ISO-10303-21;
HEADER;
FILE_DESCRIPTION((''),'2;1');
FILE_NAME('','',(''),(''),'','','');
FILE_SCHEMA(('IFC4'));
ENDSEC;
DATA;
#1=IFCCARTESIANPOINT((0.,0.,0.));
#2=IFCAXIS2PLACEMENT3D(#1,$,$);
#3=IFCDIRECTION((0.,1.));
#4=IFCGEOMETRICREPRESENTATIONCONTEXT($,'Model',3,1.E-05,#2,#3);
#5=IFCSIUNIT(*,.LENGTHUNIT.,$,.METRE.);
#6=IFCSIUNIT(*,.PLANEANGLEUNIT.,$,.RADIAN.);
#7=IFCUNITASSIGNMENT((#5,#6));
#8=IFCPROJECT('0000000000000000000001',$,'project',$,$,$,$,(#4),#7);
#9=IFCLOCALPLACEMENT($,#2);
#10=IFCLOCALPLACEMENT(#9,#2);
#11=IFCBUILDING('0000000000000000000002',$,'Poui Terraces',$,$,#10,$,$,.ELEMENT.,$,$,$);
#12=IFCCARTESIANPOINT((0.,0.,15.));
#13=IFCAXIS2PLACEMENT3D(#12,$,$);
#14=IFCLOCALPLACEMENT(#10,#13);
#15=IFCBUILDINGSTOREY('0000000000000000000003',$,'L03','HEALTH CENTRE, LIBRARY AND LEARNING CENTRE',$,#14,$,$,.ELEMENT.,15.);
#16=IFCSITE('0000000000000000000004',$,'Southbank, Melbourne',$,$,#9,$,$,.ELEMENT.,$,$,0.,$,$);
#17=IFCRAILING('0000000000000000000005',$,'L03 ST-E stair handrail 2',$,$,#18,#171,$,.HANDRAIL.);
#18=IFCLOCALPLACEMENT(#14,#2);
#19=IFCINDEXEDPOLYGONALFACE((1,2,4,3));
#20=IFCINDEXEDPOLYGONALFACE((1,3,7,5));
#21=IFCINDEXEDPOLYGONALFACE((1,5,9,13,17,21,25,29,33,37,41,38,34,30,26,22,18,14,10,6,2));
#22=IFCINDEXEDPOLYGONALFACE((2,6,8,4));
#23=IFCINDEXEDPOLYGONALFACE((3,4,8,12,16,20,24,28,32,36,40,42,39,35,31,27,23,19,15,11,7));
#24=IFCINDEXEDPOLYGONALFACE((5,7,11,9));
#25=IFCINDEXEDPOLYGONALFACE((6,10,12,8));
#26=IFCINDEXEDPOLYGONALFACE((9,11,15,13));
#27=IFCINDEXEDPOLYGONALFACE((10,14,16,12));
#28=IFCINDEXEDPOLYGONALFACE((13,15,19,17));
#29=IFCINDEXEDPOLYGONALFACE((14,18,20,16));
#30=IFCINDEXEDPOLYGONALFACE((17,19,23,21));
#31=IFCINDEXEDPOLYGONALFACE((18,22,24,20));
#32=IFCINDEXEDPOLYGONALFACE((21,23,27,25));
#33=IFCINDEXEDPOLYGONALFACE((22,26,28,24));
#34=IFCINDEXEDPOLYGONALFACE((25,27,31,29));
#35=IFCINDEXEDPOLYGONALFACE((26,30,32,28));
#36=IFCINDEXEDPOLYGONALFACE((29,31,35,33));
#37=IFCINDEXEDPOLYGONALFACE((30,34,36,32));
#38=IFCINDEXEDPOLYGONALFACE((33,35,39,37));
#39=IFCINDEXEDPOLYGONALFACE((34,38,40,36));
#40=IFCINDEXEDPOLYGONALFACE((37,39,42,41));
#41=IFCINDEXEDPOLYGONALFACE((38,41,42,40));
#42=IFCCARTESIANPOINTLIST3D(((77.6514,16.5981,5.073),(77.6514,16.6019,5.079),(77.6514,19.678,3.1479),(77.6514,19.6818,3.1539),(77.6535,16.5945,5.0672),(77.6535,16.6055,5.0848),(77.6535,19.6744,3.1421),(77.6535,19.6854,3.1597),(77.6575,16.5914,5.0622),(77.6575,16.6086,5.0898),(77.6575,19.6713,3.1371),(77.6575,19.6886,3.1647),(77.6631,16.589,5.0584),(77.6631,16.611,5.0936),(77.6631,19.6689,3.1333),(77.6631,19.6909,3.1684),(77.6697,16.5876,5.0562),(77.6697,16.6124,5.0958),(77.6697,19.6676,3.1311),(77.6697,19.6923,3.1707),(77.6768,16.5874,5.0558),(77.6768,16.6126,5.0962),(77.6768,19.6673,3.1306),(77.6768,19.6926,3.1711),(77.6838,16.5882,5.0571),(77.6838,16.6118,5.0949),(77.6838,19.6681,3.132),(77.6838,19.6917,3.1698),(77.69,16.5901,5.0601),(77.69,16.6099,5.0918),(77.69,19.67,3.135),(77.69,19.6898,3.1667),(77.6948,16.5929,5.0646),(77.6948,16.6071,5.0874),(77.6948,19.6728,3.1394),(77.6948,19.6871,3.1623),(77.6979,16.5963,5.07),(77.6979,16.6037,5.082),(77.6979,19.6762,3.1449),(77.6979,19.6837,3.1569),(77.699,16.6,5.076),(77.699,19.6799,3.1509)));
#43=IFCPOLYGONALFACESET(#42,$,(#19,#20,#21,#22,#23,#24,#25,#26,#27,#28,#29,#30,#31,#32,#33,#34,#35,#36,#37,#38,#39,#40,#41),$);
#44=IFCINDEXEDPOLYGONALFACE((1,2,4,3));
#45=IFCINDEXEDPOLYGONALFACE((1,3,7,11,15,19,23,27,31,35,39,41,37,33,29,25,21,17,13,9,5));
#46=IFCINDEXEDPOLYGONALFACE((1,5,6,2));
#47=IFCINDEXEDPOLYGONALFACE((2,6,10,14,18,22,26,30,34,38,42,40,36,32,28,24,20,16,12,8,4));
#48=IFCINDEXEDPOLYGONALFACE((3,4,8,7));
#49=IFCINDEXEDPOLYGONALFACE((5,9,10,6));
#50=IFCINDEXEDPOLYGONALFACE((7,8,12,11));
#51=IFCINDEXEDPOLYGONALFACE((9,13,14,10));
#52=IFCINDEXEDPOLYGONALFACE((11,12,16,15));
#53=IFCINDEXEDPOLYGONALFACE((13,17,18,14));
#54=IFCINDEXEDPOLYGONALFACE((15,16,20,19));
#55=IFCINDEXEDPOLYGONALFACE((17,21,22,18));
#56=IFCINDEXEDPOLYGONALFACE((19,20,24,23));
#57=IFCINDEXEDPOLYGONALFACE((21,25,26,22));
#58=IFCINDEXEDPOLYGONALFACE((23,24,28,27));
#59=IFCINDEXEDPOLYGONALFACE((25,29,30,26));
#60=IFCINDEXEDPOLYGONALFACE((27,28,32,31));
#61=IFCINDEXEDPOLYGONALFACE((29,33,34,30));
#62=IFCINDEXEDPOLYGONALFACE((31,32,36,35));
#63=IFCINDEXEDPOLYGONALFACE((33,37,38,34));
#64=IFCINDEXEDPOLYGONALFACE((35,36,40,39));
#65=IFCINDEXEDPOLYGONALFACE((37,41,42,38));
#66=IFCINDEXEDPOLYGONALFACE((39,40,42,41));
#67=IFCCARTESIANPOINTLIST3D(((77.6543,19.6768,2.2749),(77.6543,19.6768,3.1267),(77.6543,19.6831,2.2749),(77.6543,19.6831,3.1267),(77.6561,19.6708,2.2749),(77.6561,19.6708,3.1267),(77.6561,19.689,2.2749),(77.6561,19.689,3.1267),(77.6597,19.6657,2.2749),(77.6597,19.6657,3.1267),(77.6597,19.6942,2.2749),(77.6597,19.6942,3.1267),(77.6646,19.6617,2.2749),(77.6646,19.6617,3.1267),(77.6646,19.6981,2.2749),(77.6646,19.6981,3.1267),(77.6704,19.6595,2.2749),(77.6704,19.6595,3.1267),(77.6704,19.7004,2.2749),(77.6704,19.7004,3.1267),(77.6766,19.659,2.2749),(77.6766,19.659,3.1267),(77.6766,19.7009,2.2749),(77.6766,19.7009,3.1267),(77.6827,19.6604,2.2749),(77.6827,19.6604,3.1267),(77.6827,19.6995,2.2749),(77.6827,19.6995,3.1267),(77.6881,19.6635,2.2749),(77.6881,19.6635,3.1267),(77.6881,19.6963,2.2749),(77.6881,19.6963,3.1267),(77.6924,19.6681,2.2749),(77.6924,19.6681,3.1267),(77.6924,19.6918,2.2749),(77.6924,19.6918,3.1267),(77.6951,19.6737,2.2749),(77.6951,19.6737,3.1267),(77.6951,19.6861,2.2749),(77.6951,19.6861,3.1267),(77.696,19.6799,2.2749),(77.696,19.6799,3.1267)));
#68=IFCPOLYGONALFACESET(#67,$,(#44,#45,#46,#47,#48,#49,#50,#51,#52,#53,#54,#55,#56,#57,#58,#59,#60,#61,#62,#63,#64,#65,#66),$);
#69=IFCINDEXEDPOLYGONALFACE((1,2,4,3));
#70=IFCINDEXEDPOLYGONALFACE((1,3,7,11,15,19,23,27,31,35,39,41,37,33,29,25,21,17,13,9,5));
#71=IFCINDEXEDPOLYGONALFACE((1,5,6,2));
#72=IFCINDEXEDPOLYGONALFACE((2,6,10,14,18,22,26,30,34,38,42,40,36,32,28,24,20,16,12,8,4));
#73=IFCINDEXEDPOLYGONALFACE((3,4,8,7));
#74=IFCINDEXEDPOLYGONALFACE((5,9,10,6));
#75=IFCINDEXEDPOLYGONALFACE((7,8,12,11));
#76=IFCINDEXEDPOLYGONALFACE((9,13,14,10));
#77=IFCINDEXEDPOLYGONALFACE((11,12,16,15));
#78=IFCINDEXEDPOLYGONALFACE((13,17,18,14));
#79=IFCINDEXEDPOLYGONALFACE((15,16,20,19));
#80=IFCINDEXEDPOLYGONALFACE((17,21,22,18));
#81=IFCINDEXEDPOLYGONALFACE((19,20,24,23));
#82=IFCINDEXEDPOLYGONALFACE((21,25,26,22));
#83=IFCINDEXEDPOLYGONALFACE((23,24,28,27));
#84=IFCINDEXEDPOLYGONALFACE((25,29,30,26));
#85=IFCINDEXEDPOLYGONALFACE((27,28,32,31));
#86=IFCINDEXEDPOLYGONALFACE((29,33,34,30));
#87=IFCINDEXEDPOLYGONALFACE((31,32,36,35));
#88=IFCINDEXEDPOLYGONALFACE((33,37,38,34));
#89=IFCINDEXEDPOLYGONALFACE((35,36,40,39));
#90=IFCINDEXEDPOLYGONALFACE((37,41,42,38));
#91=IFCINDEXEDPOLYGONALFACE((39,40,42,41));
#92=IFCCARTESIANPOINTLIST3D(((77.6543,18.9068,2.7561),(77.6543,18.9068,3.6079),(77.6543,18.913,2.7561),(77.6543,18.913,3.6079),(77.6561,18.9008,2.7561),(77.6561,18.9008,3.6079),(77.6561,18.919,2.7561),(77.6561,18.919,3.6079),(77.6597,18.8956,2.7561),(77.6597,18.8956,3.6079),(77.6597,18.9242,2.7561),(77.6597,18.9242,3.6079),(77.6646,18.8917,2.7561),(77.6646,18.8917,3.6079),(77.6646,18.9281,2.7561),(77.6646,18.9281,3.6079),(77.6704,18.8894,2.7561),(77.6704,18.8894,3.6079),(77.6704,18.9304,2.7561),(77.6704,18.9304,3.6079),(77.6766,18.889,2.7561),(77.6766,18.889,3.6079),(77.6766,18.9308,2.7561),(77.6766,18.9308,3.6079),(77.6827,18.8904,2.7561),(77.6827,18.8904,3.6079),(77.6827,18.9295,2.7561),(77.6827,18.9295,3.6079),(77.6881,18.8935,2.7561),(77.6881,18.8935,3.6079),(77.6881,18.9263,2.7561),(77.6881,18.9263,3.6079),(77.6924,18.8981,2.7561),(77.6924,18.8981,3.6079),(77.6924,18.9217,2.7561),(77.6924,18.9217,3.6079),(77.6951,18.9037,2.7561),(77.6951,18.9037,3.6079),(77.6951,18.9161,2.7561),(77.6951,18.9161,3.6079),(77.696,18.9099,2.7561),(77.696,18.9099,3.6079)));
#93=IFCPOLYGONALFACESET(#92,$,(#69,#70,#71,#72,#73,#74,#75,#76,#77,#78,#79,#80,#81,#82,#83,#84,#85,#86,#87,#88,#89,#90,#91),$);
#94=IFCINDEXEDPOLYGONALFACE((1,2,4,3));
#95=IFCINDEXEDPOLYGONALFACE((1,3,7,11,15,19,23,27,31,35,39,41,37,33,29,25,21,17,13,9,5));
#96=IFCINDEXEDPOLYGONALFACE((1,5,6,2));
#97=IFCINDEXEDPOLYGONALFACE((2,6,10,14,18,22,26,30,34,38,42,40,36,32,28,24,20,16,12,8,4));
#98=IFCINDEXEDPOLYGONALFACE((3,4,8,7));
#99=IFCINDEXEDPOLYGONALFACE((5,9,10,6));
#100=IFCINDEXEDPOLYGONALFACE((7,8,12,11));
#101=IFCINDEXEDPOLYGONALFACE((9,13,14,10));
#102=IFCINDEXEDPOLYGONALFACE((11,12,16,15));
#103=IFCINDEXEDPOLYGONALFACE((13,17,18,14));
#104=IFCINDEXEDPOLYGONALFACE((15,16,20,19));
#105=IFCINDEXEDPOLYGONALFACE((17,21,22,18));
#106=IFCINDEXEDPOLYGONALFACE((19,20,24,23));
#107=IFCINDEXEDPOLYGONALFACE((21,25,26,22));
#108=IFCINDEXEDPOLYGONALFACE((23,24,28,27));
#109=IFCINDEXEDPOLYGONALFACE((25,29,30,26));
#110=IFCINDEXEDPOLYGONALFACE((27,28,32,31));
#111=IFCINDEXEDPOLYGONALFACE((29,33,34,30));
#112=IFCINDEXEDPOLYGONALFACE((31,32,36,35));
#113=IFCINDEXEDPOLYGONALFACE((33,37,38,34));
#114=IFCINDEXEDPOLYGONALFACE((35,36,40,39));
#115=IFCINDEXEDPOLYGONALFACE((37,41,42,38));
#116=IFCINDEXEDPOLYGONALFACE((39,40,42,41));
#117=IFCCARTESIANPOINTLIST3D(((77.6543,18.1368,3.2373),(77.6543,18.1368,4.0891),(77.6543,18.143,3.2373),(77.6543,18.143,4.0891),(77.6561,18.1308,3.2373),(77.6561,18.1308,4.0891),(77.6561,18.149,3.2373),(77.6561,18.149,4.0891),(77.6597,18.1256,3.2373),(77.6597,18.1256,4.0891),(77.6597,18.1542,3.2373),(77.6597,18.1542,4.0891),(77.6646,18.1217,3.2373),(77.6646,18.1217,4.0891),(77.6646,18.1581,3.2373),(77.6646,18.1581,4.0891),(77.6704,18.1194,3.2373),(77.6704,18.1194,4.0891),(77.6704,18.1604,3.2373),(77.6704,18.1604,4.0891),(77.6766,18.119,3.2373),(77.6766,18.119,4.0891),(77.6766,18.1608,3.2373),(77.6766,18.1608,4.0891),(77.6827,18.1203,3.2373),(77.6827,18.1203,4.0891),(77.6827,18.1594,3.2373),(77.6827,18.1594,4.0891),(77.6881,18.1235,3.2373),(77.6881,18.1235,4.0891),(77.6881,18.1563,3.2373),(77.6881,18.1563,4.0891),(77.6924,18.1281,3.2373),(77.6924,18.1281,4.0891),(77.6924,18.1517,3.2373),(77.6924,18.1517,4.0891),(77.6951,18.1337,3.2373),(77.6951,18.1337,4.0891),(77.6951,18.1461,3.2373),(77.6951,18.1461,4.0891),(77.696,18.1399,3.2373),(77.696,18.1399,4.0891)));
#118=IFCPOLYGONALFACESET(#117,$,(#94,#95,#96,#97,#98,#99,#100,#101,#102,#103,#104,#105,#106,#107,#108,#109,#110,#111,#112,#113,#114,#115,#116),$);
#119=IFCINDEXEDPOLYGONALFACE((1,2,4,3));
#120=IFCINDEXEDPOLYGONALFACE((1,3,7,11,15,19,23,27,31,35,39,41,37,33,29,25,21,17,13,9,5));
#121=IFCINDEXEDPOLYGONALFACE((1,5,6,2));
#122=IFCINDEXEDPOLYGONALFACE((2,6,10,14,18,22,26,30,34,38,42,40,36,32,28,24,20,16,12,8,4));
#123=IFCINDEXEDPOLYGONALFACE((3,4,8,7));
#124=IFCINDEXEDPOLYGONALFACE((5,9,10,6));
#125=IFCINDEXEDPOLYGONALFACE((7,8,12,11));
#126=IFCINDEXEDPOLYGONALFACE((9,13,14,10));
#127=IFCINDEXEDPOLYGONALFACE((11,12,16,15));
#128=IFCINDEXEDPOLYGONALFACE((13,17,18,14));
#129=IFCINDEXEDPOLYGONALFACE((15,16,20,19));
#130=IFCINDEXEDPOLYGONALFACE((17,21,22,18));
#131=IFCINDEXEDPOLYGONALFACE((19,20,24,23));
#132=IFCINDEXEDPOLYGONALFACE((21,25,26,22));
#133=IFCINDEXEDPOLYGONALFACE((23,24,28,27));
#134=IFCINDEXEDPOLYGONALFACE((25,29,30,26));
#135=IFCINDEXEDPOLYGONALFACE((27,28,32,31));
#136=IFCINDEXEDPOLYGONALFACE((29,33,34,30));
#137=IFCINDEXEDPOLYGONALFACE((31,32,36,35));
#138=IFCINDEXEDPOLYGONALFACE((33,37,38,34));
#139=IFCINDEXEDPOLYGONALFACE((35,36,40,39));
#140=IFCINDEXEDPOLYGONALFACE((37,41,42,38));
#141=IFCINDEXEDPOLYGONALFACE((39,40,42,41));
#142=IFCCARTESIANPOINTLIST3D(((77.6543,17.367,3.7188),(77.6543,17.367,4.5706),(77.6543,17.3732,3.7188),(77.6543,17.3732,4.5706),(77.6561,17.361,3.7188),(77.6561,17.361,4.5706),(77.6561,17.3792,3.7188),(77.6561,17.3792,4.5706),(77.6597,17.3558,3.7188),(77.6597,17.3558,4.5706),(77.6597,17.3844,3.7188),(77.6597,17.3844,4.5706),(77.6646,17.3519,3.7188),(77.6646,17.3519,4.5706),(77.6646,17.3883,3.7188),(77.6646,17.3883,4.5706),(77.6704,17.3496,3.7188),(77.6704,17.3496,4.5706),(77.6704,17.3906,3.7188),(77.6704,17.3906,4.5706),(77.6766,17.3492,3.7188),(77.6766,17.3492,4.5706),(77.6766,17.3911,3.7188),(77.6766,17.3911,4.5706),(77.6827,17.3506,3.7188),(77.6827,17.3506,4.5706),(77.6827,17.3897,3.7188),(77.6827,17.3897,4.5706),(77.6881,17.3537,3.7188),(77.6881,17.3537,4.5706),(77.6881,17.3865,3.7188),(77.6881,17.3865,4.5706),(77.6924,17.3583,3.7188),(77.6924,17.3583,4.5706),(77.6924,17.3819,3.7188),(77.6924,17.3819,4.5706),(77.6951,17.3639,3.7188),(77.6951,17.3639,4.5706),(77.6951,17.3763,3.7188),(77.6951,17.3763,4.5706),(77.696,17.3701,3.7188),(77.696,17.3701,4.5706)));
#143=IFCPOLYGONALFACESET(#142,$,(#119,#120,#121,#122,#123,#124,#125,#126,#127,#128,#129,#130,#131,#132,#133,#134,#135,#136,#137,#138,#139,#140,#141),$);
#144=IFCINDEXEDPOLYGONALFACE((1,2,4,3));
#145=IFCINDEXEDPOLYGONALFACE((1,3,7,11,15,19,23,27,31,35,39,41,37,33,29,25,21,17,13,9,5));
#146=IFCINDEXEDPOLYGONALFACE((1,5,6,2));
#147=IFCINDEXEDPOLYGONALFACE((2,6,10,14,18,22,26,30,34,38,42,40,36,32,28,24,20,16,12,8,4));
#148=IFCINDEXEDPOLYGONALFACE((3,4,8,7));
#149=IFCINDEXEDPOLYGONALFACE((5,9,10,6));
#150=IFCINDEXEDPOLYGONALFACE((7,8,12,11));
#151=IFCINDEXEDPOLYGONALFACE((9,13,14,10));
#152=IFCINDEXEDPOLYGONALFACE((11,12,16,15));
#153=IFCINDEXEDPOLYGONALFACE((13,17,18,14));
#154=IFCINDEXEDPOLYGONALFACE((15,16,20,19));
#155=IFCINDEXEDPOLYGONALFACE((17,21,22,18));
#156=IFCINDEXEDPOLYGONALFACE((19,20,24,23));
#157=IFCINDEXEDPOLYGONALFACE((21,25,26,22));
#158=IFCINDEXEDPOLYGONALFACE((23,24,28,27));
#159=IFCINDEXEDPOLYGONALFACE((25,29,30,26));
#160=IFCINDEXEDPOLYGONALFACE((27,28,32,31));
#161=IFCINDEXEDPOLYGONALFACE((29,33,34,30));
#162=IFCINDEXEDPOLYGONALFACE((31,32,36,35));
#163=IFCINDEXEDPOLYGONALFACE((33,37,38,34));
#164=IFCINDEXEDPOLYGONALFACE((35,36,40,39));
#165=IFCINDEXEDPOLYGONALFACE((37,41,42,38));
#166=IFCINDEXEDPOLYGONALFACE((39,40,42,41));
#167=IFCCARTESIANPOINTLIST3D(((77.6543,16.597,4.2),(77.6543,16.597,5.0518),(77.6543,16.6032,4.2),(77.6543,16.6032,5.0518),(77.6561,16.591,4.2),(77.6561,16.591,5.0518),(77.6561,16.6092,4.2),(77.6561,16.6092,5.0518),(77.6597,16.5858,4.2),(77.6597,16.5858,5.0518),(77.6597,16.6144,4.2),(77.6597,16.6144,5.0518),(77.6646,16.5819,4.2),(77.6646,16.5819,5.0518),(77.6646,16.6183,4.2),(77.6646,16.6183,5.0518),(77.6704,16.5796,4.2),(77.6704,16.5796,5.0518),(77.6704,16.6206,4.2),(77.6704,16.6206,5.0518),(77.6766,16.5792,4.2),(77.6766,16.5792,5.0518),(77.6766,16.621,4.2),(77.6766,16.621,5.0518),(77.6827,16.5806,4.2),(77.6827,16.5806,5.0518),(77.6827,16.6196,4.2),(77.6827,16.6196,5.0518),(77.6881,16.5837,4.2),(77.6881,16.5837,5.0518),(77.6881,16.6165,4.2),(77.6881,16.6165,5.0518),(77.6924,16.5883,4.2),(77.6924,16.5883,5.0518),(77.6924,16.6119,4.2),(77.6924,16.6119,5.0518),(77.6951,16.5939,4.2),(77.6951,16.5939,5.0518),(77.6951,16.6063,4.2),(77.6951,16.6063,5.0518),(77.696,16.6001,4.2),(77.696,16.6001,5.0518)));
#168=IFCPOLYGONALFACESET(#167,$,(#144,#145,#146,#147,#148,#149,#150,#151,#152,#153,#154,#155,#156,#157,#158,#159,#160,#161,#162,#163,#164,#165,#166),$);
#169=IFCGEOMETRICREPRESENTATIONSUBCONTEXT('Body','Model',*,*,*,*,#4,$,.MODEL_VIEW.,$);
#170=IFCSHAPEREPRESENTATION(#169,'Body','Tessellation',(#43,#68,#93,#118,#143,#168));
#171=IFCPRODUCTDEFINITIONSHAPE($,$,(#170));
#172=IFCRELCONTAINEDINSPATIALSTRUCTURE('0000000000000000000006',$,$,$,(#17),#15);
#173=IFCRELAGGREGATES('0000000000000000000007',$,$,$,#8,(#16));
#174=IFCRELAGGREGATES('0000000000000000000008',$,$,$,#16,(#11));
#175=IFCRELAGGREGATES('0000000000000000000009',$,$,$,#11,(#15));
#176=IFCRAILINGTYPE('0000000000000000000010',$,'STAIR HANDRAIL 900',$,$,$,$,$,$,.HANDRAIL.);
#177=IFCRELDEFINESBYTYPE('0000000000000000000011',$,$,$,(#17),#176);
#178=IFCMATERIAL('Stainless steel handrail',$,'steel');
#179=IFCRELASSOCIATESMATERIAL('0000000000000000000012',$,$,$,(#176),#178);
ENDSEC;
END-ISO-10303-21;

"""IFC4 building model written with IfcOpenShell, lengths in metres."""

from ifc_helpers import new_model, si_unit, direction, frame, origin, origin_2d, place, context, subcontext, project, spatial, circle, extrude, material, type_object, element, save


model = new_model("IFC4")

# Units and contexts
model_context = context("Model", 3, precision=1e-05, world=origin(), true_north=direction((0.0, 1.0)))
body_context = subcontext(model_context, "Body", "Model", "MODEL_VIEW")
ifc_project = project(units=[si_unit("LENGTHUNIT", "METRE"), si_unit("PLANEANGLEUNIT", "RADIAN")], contexts=[model_context])

# Site, building, storey
site_placement = place(None, origin())
site = spatial("IfcSite", under=ifc_project, at=site_placement, Name="Southbank, Melbourne", CompositionType="ELEMENT", RefElevation=0.0)
building_placement = place(site_placement, origin())
building = spatial("IfcBuilding", under=site, at=building_placement, Name="Poui Terraces", CompositionType="ELEMENT")
storey_placement = place(building_placement, frame((0.0, 0.0, 15.0)))
storey = spatial("IfcBuildingStorey", under=building, at=storey_placement, Name="L03", Description="HEALTH CENTRE, LIBRARY AND LEARNING CENTRE", CompositionType="ELEMENT", Elevation=15.0)

# Railing
ifc_material_1 = material(Name="Stainless steel handrail", Category="steel")
railing_type_1 = type_object("IfcRailingType", Name="STAIR HANDRAIL 900", PredefinedType="HANDRAIL", material=ifc_material_1)
railing_1_placement = place(storey_placement, frame((77.675, 19.6799, 2.2749)))
element("IfcRailing", 1, at=railing_1_placement, inside=storey, type_object=railing_type_1, Name="L03 ST-E stair handrail 2", PredefinedType="HANDRAIL", context=body_context, shape_type="SweptSolid", body=[
    extrude(circle(Radius=0.0239, at=origin_2d()), frame((0.0, 0.0, 0.876), z_axis=(0.0, -0.847979, 0.530029), x_axis=(1.0, 0.0, 0.0)), (0.0, 0.0, 1.0), 3.6321),
    extrude(circle(Radius=0.021, at=origin_2d()), origin(), (0.0, 0.0, 1.0), 0.8518),
    extrude(circle(Radius=0.021, at=origin_2d()), frame((0.0, -0.77, 0.4812)), (0.0, 0.0, 1.0), 0.8518),
    extrude(circle(Radius=0.021, at=origin_2d()), frame((0.0, -1.54, 0.9624)), (0.0, 0.0, 1.0), 0.8518),
    extrude(circle(Radius=0.021, at=origin_2d()), frame((0.0, -2.3098, 1.4438)), (0.0, 0.0, 1.0), 0.8518),
    extrude(circle(Radius=0.021, at=origin_2d()), frame((0.0, -3.0798, 1.925)), (0.0, 0.0, 1.0), 0.8518),
])

save(model, "model.ifc")
